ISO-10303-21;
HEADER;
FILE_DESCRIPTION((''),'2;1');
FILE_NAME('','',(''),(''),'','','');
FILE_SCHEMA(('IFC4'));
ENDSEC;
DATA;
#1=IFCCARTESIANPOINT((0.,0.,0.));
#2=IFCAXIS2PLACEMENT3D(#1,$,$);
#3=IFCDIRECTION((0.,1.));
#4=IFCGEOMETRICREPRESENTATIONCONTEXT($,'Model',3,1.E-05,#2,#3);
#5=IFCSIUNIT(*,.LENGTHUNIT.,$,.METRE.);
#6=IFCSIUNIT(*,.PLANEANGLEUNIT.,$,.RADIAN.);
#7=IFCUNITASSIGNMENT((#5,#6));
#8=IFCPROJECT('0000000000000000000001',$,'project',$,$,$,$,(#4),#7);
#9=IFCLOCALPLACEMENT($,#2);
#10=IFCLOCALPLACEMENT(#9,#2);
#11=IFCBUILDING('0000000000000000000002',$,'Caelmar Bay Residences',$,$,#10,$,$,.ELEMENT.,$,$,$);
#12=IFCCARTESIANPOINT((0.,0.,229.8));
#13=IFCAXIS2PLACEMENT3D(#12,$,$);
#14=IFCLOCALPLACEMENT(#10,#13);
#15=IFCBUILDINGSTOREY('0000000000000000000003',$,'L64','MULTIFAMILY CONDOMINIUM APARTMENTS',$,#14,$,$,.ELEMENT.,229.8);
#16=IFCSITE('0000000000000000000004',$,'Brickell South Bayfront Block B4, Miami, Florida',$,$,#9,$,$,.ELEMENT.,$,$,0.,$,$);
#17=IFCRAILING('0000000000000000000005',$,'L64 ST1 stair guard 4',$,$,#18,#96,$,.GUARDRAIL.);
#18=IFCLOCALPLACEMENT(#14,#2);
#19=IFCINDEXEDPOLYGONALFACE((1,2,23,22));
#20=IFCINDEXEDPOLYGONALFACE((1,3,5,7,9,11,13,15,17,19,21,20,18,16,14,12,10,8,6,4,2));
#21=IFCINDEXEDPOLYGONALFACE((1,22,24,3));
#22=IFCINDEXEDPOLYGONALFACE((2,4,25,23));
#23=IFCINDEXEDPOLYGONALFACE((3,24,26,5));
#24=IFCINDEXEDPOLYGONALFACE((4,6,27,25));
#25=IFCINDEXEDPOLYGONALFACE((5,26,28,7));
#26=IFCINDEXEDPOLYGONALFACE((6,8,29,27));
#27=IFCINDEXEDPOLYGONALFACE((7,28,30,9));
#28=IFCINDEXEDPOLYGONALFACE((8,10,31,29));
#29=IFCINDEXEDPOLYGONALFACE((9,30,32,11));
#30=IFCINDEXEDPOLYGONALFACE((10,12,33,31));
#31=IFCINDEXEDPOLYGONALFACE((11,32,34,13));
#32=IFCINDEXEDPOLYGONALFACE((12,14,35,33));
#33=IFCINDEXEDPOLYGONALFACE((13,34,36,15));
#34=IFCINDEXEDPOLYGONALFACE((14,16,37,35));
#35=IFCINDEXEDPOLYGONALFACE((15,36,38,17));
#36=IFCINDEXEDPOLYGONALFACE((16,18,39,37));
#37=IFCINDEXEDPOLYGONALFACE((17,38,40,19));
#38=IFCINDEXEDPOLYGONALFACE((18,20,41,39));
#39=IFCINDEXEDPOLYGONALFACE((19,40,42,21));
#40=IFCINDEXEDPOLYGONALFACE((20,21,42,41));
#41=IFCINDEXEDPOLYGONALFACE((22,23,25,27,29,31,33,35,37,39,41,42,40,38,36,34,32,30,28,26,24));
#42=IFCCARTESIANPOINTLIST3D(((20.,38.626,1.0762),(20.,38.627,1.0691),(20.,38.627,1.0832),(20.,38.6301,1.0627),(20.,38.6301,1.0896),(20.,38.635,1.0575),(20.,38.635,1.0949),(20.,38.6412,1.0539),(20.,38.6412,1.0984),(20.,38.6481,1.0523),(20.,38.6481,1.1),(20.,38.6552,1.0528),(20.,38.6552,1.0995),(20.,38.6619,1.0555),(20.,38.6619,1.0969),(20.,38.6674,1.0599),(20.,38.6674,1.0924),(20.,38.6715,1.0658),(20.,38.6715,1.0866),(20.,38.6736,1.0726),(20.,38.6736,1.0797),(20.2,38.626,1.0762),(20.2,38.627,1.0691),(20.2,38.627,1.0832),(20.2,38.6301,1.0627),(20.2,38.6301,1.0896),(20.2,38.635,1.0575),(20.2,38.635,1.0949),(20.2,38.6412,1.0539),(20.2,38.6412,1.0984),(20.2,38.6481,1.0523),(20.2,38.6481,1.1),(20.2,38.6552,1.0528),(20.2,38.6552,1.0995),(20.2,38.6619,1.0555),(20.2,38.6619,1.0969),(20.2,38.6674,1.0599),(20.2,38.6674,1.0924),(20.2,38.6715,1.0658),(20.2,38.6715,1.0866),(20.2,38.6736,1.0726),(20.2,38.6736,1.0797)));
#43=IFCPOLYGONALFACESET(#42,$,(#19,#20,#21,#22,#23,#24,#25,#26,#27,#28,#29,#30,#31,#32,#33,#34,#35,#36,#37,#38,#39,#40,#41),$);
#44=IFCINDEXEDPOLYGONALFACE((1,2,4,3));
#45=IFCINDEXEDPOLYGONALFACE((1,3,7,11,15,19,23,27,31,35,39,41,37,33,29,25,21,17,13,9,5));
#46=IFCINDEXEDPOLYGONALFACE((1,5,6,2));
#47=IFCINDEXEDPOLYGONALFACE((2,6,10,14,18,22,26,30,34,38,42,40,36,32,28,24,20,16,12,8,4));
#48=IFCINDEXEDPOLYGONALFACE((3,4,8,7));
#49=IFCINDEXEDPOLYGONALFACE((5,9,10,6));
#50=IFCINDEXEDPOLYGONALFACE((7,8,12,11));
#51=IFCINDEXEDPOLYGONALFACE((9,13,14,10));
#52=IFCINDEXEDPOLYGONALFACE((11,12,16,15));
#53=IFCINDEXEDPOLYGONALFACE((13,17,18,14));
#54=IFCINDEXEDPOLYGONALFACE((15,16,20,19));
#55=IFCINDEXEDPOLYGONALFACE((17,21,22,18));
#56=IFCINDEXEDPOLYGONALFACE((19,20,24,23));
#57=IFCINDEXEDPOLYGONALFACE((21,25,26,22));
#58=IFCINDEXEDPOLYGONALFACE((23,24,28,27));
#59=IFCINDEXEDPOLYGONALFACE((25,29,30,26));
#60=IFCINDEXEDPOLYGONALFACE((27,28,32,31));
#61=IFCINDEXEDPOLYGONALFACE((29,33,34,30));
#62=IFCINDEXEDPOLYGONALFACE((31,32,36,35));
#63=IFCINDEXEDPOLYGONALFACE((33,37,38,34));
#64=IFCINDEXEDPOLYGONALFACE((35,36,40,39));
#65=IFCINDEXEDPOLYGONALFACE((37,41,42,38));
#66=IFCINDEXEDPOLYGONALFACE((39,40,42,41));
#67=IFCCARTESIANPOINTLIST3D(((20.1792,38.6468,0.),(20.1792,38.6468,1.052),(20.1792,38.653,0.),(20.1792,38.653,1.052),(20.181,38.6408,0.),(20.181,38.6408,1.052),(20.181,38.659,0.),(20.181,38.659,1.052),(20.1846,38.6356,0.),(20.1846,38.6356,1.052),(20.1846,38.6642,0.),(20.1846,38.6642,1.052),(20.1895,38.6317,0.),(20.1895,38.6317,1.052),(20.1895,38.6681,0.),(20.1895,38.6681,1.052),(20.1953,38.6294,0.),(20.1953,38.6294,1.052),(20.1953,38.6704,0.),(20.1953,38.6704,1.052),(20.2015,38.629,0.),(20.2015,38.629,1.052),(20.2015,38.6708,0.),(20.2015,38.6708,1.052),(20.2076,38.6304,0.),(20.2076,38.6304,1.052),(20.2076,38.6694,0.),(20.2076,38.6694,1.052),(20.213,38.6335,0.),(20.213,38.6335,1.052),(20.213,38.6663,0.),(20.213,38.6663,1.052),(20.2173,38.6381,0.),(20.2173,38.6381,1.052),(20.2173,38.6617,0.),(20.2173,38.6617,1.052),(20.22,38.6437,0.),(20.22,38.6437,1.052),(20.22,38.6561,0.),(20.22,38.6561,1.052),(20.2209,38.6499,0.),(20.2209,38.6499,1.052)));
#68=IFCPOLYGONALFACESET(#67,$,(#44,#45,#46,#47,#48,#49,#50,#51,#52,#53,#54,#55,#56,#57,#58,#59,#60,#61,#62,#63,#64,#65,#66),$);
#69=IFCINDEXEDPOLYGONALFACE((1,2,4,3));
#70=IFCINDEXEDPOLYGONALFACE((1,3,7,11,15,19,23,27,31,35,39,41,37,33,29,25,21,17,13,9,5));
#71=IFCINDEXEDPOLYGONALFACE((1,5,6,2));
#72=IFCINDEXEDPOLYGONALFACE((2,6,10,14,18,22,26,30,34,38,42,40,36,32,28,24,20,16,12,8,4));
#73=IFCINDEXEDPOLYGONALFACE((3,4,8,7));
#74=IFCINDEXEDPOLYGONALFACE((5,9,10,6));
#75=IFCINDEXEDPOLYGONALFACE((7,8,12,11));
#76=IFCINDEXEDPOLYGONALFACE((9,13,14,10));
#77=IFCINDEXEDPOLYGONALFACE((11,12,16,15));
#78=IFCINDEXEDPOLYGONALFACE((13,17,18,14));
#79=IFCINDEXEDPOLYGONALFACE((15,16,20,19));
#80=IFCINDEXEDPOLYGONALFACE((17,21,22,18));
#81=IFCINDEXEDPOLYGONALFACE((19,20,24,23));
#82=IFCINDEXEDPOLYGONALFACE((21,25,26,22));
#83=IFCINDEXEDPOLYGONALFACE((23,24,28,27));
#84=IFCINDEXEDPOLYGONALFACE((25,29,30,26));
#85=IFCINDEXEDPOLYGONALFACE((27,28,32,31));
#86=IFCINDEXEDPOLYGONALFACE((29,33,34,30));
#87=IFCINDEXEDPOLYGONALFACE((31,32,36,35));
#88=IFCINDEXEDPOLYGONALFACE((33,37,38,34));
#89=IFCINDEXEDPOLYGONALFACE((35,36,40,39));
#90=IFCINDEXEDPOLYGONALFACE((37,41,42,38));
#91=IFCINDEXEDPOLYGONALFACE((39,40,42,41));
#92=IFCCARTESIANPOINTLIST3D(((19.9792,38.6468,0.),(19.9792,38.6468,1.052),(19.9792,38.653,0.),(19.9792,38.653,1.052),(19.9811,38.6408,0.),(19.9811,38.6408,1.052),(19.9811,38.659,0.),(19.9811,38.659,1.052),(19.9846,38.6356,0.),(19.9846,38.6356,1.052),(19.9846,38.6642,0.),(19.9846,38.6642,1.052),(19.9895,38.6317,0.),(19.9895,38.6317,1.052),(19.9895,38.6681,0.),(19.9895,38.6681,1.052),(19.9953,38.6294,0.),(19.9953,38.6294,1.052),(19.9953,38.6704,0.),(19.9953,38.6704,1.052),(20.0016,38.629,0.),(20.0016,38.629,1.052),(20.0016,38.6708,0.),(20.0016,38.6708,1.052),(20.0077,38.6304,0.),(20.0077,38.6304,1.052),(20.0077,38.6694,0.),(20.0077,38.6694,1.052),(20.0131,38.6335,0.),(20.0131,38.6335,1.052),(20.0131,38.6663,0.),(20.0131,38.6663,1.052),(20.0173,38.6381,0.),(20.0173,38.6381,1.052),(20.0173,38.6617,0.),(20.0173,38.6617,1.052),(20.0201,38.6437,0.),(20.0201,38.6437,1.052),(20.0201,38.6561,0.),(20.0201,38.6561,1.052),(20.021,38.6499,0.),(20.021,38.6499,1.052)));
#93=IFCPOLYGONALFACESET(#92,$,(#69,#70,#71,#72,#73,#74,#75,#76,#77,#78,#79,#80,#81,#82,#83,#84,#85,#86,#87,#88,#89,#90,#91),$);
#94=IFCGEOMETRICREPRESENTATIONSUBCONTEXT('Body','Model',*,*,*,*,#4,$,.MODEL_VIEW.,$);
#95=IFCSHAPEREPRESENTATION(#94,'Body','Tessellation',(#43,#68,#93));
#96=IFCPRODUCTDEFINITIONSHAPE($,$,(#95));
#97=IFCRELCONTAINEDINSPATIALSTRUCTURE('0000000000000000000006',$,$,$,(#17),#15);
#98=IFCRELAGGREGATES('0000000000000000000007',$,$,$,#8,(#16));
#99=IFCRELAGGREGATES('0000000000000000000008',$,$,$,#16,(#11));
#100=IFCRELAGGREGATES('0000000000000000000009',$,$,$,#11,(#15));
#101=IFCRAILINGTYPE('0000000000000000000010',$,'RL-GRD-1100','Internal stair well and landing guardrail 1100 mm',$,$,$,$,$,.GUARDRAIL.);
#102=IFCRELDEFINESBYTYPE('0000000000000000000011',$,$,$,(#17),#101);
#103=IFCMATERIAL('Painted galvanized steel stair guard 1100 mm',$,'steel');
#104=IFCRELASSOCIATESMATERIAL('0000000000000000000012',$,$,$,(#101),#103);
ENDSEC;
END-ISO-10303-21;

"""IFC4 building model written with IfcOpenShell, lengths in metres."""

from ifc_helpers import new_model, si_unit, direction, frame, origin, origin_2d, place, context, subcontext, project, spatial, circle, extrude, material, type_object, element, save


model = new_model("IFC4")

# Units and contexts
model_context = context("Model", 3, precision=1e-05, world=origin(), true_north=direction((0.0, 1.0)))
body_context = subcontext(model_context, "Body", "Model", "MODEL_VIEW")
ifc_project = project(units=[si_unit("LENGTHUNIT", "METRE"), si_unit("PLANEANGLEUNIT", "RADIAN")], contexts=[model_context])

# Site, building, storey
site_placement = place(None, origin())
site = spatial("IfcSite", under=ifc_project, at=site_placement, Name="Brickell South Bayfront Block B4, Miami, Florida", CompositionType="ELEMENT", RefElevation=0.0)
building_placement = place(site_placement, origin())
building = spatial("IfcBuilding", under=site, at=building_placement, Name="Caelmar Bay Residences", CompositionType="ELEMENT")
storey_placement = place(building_placement, frame((0.0, 0.0, 229.8)))
storey = spatial("IfcBuildingStorey", under=building, at=storey_placement, Name="L64", Description="MULTIFAMILY CONDOMINIUM APARTMENTS", CompositionType="ELEMENT", Elevation=229.8)

# Railing
ifc_material_1 = material(Name="Painted galvanized steel stair guard 1100 mm", Category="steel")
railing_type_1 = type_object("IfcRailingType", Name="RL-GRD-1100", Description="Internal stair well and landing guardrail 1100 mm", PredefinedType="GUARDRAIL", material=ifc_material_1)
railing_1_placement = place(storey_placement, frame((20.2, 38.6499, 0.0)))
element("IfcRailing", 1, at=railing_1_placement, inside=storey, type_object=railing_type_1, Name="L64 ST1 stair guard 4", PredefinedType="GUARDRAIL", context=body_context, shape_type="SweptSolid", body=[
    extrude(circle(Radius=0.0239, at=origin_2d()), frame((0.0, 0.0, 1.0762), z_axis=(-1.0, 0.0, 0.0), x_axis=(0.0, -1.0, 0.0)), (0.0, 0.0, 1.0), 0.2),
    extrude(circle(Radius=0.021, at=origin_2d()), origin(), (0.0, 0.0, 1.0), 1.052),
    extrude(circle(Radius=0.021, at=origin_2d()), frame((-0.2, 0.0, 0.0)), (0.0, 0.0, 1.0), 1.052),
])

save(model, "model.ifc")
